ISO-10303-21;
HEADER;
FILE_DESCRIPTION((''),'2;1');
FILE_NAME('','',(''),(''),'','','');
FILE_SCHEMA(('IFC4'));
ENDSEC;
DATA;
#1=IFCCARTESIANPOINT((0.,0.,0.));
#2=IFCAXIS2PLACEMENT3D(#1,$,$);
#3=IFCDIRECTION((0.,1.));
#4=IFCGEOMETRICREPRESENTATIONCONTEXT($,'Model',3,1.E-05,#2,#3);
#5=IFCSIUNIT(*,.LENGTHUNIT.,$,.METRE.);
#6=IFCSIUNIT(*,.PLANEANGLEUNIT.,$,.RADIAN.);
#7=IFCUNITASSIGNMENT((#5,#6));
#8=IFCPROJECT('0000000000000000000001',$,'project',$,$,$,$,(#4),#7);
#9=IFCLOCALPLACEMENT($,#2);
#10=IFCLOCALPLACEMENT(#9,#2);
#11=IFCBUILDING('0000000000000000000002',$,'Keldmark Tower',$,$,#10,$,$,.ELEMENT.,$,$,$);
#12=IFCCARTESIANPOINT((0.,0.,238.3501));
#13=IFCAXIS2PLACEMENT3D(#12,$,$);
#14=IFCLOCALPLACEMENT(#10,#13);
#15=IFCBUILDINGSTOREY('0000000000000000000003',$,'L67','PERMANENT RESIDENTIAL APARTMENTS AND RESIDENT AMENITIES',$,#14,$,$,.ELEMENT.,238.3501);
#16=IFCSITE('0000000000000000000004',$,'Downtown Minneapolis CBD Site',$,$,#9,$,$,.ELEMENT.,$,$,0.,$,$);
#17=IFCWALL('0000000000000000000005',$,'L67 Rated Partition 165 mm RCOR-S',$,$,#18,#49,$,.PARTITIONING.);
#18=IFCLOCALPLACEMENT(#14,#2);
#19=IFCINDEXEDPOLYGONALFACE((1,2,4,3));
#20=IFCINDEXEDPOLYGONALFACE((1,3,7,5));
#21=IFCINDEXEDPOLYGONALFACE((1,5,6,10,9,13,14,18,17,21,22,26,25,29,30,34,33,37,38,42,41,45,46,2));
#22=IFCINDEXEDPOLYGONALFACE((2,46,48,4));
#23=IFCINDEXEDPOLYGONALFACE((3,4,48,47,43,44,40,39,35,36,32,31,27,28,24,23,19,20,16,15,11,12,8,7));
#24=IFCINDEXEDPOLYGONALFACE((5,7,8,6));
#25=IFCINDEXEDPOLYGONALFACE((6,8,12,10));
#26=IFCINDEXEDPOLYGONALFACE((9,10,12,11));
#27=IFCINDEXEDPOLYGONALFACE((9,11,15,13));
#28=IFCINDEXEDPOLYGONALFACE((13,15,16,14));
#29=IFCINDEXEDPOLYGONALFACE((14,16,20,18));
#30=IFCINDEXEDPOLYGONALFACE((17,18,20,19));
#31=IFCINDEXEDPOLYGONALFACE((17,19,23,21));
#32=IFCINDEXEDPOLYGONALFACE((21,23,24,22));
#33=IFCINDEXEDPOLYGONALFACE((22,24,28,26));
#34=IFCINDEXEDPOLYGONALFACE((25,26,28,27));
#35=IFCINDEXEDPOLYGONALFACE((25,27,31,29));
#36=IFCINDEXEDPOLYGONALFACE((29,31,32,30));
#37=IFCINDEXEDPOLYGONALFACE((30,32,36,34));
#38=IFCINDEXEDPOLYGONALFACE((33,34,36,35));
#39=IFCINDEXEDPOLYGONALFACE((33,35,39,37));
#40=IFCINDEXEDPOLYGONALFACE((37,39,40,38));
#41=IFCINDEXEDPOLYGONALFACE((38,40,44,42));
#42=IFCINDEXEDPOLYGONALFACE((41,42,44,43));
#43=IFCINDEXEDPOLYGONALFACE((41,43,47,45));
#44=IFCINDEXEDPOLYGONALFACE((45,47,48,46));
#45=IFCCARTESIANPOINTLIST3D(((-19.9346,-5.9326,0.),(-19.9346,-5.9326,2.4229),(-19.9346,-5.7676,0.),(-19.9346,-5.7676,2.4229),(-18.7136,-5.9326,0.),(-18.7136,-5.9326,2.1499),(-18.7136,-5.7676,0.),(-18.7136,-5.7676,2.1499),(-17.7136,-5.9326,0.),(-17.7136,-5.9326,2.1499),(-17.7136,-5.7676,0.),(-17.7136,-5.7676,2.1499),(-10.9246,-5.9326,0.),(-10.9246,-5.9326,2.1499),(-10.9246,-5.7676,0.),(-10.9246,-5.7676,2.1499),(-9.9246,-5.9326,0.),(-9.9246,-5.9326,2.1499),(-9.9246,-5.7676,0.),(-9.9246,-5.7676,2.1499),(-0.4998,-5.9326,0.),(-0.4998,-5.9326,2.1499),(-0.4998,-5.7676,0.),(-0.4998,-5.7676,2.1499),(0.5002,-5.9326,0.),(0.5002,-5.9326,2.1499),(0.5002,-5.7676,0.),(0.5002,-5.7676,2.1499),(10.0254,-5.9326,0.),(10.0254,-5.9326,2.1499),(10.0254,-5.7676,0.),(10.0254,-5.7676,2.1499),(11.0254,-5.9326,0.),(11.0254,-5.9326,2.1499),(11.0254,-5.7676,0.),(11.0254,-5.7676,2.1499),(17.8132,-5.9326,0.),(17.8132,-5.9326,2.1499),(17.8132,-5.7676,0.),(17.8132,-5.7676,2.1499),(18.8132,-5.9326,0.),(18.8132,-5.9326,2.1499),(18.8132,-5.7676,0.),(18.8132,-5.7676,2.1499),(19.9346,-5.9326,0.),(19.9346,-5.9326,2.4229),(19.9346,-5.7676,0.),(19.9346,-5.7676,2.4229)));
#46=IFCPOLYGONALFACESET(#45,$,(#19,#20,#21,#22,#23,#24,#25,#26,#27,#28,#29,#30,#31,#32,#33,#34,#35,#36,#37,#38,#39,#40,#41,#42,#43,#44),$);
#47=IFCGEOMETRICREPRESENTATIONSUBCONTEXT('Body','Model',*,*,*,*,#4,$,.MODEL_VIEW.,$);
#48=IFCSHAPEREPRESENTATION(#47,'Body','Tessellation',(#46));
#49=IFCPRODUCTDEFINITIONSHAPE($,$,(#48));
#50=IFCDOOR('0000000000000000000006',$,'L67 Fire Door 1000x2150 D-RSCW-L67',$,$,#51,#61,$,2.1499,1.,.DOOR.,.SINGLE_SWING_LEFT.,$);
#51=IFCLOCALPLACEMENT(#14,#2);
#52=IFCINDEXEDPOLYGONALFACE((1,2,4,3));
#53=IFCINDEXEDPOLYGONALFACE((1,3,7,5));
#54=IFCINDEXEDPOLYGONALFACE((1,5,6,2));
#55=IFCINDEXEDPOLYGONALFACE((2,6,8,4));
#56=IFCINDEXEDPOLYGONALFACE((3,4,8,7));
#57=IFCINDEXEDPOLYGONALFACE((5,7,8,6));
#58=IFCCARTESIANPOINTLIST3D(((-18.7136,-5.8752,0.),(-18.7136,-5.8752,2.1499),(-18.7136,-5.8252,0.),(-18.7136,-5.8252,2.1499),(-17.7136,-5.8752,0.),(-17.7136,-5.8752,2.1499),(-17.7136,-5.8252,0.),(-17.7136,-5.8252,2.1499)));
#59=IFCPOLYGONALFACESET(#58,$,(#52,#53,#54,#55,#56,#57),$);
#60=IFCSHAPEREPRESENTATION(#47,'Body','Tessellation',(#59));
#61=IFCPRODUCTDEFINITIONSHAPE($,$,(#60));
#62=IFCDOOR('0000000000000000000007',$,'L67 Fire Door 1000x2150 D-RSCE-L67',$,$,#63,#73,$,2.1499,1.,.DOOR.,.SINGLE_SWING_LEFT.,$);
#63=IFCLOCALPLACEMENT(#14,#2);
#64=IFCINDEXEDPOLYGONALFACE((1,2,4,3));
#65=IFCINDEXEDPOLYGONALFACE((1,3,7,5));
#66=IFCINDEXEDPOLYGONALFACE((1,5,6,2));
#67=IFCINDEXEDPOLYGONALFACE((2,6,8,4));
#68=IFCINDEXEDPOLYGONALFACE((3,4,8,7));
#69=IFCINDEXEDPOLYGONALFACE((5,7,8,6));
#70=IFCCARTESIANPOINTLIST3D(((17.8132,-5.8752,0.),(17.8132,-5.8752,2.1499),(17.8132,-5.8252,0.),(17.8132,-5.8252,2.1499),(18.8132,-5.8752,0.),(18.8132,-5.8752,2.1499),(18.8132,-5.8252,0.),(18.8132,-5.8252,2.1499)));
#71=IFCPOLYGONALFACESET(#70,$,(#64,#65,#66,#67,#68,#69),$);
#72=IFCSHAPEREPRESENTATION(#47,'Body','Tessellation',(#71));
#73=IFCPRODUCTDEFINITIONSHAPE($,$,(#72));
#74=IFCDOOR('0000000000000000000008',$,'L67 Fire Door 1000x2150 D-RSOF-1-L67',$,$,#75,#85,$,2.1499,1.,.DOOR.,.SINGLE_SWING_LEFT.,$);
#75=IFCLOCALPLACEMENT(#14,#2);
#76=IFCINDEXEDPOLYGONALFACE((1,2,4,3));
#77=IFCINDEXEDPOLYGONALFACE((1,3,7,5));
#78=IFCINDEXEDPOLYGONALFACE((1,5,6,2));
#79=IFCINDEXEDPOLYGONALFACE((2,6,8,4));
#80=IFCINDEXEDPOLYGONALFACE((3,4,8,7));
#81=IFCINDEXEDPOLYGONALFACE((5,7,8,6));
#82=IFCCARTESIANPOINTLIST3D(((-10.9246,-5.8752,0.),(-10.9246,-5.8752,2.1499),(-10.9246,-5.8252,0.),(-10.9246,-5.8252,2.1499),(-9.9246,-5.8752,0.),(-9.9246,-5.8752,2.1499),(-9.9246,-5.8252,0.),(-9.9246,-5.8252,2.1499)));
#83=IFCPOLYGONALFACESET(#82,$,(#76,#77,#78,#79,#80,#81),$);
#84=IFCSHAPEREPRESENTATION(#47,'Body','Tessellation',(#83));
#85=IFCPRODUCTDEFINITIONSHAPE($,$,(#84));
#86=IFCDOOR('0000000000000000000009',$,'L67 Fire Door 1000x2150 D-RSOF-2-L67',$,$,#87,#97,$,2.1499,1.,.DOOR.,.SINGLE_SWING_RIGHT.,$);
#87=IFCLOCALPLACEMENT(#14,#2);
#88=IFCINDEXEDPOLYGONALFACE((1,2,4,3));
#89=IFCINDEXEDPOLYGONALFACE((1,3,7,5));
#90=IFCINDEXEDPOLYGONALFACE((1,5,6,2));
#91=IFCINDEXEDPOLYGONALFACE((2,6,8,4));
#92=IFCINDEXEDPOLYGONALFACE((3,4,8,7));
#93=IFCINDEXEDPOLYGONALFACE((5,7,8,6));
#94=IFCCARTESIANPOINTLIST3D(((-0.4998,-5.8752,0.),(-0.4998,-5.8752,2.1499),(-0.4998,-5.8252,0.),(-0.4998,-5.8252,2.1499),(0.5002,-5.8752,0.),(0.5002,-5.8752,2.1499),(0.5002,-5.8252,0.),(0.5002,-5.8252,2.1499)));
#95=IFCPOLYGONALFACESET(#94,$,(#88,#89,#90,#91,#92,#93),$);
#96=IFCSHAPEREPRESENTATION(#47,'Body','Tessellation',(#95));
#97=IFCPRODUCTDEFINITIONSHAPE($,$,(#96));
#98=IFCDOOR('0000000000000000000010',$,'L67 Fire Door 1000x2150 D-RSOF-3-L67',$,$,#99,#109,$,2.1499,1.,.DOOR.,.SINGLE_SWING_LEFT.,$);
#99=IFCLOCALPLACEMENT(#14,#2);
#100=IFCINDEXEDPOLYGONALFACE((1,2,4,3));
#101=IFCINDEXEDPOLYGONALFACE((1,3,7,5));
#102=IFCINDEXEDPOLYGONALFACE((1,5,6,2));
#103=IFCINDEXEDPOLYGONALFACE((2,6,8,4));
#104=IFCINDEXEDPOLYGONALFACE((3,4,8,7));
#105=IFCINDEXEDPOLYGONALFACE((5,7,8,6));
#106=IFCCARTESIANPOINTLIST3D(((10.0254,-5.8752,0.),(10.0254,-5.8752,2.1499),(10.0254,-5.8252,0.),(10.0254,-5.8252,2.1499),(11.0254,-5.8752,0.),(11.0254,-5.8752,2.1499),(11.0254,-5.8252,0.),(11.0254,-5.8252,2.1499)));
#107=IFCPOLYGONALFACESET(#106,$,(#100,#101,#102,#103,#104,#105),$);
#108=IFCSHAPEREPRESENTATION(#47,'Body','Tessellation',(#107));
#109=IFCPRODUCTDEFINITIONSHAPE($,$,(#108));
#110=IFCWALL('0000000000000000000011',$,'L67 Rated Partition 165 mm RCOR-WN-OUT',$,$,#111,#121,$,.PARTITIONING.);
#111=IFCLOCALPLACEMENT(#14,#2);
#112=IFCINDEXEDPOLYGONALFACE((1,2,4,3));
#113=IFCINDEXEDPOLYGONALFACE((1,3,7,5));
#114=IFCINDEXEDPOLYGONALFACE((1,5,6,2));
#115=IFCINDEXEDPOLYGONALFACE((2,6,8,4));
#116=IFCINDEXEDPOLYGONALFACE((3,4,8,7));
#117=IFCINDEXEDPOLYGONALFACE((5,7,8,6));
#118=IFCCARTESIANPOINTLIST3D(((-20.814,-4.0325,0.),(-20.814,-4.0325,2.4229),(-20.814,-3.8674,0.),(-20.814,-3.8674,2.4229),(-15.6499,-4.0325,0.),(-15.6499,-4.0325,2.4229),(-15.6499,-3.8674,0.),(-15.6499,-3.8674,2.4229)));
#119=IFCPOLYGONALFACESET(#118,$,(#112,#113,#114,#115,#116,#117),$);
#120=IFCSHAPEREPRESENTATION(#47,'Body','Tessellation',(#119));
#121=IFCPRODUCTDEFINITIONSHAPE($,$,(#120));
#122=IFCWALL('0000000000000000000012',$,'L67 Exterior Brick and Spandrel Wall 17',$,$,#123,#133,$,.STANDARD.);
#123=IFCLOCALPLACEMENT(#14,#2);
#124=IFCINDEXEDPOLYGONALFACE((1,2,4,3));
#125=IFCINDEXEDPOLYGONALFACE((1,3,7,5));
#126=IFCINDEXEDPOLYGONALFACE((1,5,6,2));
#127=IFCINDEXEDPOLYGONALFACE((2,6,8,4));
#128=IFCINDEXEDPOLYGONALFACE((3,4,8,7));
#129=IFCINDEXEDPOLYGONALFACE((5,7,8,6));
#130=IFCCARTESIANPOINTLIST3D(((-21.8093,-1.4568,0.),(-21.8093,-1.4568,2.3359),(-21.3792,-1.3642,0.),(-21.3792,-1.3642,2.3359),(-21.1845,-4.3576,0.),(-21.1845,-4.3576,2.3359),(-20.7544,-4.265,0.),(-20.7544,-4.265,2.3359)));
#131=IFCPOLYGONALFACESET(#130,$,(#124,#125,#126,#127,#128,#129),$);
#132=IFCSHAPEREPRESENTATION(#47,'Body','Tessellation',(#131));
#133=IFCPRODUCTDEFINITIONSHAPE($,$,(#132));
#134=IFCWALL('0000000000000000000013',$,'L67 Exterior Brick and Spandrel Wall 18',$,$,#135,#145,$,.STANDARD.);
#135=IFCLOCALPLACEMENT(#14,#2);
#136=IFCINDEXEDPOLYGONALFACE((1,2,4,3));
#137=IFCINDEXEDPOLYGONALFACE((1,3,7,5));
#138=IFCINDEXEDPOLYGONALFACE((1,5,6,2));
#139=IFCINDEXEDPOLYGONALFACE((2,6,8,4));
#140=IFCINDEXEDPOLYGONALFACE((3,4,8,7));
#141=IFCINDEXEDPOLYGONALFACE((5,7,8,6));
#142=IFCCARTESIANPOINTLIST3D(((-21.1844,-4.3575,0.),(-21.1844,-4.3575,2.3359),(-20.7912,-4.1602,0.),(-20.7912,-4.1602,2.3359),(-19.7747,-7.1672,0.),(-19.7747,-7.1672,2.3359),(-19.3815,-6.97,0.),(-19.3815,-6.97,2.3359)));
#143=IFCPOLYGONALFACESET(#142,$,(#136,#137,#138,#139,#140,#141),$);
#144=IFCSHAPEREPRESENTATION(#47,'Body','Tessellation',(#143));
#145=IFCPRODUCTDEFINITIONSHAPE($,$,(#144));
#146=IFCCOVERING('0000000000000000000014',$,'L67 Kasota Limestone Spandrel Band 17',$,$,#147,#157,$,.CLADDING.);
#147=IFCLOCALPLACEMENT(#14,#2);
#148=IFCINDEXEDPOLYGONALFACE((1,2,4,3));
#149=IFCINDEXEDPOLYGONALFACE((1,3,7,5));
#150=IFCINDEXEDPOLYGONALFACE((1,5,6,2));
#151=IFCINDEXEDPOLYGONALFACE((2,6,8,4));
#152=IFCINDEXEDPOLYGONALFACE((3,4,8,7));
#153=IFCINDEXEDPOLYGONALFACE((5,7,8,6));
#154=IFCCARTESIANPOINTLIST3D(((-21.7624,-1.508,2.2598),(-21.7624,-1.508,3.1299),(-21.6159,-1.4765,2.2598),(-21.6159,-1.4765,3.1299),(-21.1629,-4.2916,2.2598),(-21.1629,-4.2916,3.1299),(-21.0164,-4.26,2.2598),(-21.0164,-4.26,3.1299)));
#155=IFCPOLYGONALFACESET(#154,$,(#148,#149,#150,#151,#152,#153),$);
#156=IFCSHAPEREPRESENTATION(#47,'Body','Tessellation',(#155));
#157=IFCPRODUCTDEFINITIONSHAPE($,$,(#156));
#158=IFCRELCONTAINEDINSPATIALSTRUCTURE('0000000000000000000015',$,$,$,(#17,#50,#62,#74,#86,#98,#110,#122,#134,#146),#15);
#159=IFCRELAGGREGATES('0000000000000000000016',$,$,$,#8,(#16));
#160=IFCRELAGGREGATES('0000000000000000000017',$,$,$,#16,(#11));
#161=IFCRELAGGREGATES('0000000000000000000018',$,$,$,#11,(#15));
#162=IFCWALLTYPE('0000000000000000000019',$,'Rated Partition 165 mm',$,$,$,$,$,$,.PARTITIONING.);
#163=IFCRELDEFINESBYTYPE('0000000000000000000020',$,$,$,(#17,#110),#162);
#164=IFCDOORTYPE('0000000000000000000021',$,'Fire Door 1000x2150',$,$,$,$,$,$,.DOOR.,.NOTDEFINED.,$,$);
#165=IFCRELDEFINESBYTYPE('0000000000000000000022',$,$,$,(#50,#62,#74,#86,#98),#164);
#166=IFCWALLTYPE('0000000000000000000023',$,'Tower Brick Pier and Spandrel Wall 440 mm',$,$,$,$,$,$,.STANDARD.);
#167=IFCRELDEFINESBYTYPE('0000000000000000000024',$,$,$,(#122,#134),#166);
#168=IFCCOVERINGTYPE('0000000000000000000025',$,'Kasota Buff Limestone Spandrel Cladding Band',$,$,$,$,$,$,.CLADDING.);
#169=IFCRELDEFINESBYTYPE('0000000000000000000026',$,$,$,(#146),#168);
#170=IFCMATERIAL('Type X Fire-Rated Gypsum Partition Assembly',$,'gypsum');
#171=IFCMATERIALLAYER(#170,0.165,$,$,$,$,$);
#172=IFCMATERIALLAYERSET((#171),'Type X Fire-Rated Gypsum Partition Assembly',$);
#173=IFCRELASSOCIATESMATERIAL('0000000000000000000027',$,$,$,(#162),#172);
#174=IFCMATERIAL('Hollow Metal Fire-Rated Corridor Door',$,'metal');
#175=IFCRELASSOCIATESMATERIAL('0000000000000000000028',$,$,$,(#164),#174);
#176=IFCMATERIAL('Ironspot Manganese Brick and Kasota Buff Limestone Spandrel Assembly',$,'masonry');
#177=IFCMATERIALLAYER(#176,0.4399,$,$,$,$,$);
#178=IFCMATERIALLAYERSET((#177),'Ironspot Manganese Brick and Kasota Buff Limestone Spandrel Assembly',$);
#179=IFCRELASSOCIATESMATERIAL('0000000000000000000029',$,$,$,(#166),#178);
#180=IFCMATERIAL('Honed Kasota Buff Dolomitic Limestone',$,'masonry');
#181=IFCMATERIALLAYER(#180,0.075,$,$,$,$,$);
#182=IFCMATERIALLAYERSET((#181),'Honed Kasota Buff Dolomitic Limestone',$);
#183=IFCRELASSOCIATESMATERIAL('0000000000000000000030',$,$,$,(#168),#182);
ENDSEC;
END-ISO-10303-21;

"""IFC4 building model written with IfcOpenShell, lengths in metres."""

from ifc_helpers import new_model, si_unit, direction, frame, frame_2d, origin, origin_2d, place, context, subcontext, project, spatial, rectangle, extrude, material, layer, layer_set, type_object, element, fill, save


model = new_model("IFC4")

# Units and contexts
model_context = context("Model", 3, precision=1e-05, world=origin(), true_north=direction((0.0, 1.0)))
body_context = subcontext(model_context, "Body", "Model", "MODEL_VIEW")
ifc_project = project(units=[si_unit("LENGTHUNIT", "METRE"), si_unit("PLANEANGLEUNIT", "RADIAN")], contexts=[model_context])

# Site, building, storey
site_placement = place(None, origin())
site = spatial("IfcSite", under=ifc_project, at=site_placement, Name="Downtown Minneapolis CBD Site", CompositionType="ELEMENT", RefElevation=0.0)
building_placement = place(site_placement, origin())
building = spatial("IfcBuilding", under=site, at=building_placement, Name="Keldmark Tower", CompositionType="ELEMENT")
storey_placement = place(building_placement, frame((0.0, 0.0, 238.3501)))
storey = spatial("IfcBuildingStorey", under=building, at=storey_placement, Name="L67", Description="PERMANENT RESIDENTIAL APARTMENTS AND RESIDENT AMENITIES", CompositionType="ELEMENT", Elevation=238.3501)

# Wall, openings, doors
ifc_material_1 = material(Name="Type X Fire-Rated Gypsum Partition Assembly", Category="gypsum")
ifc_layer_1 = layer(ifc_material_1, 0.165)
ifc_layer_set_1 = layer_set([ifc_layer_1], Name="Type X Fire-Rated Gypsum Partition Assembly")
wall_type_1 = type_object("IfcWallType", Name="Rated Partition 165 mm", PredefinedType="PARTITIONING", material=ifc_layer_set_1)
wall_1_placement = place(storey_placement, frame((-19.9346, -5.8501, 0.0), z_axis=(0.0, 0.0, 1.0), x_axis=(1.0, 0.0, 0.0)))
wall_1 = element("IfcWall", 1, at=wall_1_placement, inside=storey, type_object=wall_type_1, Name="L67 Rated Partition 165 mm RCOR-S", PredefinedType="PARTITIONING", context=body_context, shape_type="SweptSolid", body=[
    extrude(rectangle(XDim=39.8691, YDim=0.165, at=frame_2d((19.9346, 0.0))), origin(), (0.0, 0.0, 1.0), 2.4229),
])
opening_1_placement = place(wall_1_placement, frame((1.2209, 0.0, 0.0)))
opening_1 = element("IfcOpeningElement", 2, at=opening_1_placement, cuts=wall_1, PredefinedType="OPENING", context=body_context, shape_type="SweptSolid", body=[
    extrude(rectangle(XDim=1.0, YDim=2.1499, at=frame_2d((0.5, 1.075))), frame((0.0, 0.0925, 0.0), z_axis=(0.0, -1.0, 0.0), x_axis=(1.0, 0.0, 0.0)), (0.0, 0.0, 1.0), 0.1851),
])
opening_2_placement = place(wall_1_placement, frame((37.7478, 0.0, 0.0)))
opening_2 = element("IfcOpeningElement", 3, at=opening_2_placement, cuts=wall_1, PredefinedType="OPENING", context=body_context, shape_type="SweptSolid", body=[
    extrude(rectangle(XDim=1.0, YDim=2.1499, at=frame_2d((0.5, 1.075))), frame((0.0, 0.0925, 0.0), z_axis=(0.0, -1.0, 0.0), x_axis=(1.0, 0.0, 0.0)), (0.0, 0.0, 1.0), 0.1851),
])
opening_3_placement = place(wall_1_placement, frame((9.01, 0.0, 0.0)))
opening_3 = element("IfcOpeningElement", 4, at=opening_3_placement, cuts=wall_1, PredefinedType="OPENING", context=body_context, shape_type="SweptSolid", body=[
    extrude(rectangle(XDim=1.0, YDim=2.1499, at=frame_2d((0.5, 1.075))), frame((0.0, 0.0925, 0.0), z_axis=(0.0, -1.0, 0.0), x_axis=(1.0, 0.0, 0.0)), (0.0, 0.0, 1.0), 0.1851),
])
opening_4_placement = place(wall_1_placement, frame((19.4348, 0.0, 0.0)))
opening_4 = element("IfcOpeningElement", 5, at=opening_4_placement, cuts=wall_1, PredefinedType="OPENING", context=body_context, shape_type="SweptSolid", body=[
    extrude(rectangle(XDim=1.0, YDim=2.1499, at=frame_2d((0.5, 1.075))), frame((0.0, 0.0925, 0.0), z_axis=(0.0, -1.0, 0.0), x_axis=(1.0, 0.0, 0.0)), (0.0, 0.0, 1.0), 0.1851),
])
opening_5_placement = place(wall_1_placement, frame((29.96, 0.0, 0.0)))
opening_5 = element("IfcOpeningElement", 6, at=opening_5_placement, cuts=wall_1, PredefinedType="OPENING", context=body_context, shape_type="SweptSolid", body=[
    extrude(rectangle(XDim=1.0, YDim=2.1499, at=frame_2d((0.5, 1.075))), frame((0.0, 0.0925, 0.0), z_axis=(0.0, -1.0, 0.0), x_axis=(1.0, 0.0, 0.0)), (0.0, 0.0, 1.0), 0.1851),
])
ifc_material_2 = material(Name="Hollow Metal Fire-Rated Corridor Door", Category="metal")
door_type_1 = type_object("IfcDoorType", Name="Fire Door 1000x2150", OperationType="NOTDEFINED", PredefinedType="DOOR", material=ifc_material_2)
door_1_placement = place(opening_1_placement, origin())
door_1 = element("IfcDoor", 7, at=door_1_placement, inside=storey, type_object=door_type_1, Name="L67 Fire Door 1000x2150 D-RSCW-L67", OperationType="SINGLE_SWING_LEFT", OverallHeight=2.1499, OverallWidth=1.0, PredefinedType="DOOR", context=body_context, shape_type="SweptSolid", body=[
    extrude(rectangle(XDim=1.0, YDim=2.1499, at=frame_2d((0.5, 1.075))), frame((0.0, 0.0249, 0.0), z_axis=(0.0, -1.0, 0.0), x_axis=(1.0, 0.0, 0.0)), (0.0, 0.0, 1.0), 0.05),
])
fill(opening_1, door_1)
door_2_placement = place(opening_2_placement, origin())
door_2 = element("IfcDoor", 8, at=door_2_placement, inside=storey, type_object=door_type_1, Name="L67 Fire Door 1000x2150 D-RSCE-L67", OperationType="SINGLE_SWING_LEFT", OverallHeight=2.1499, OverallWidth=1.0, PredefinedType="DOOR", context=body_context, shape_type="SweptSolid", body=[
    extrude(rectangle(XDim=1.0, YDim=2.1499, at=frame_2d((0.5, 1.075))), frame((0.0, 0.0249, 0.0), z_axis=(0.0, -1.0, 0.0), x_axis=(1.0, 0.0, 0.0)), (0.0, 0.0, 1.0), 0.05),
])
fill(opening_2, door_2)
door_3_placement = place(opening_3_placement, origin())
door_3 = element("IfcDoor", 9, at=door_3_placement, inside=storey, type_object=door_type_1, Name="L67 Fire Door 1000x2150 D-RSOF-1-L67", OperationType="SINGLE_SWING_LEFT", OverallHeight=2.1499, OverallWidth=1.0, PredefinedType="DOOR", context=body_context, shape_type="SweptSolid", body=[
    extrude(rectangle(XDim=1.0, YDim=2.1499, at=frame_2d((0.5, 1.075))), frame((0.0, 0.0249, 0.0), z_axis=(0.0, -1.0, 0.0), x_axis=(1.0, 0.0, 0.0)), (0.0, 0.0, 1.0), 0.05),
])
fill(opening_3, door_3)
door_4_placement = place(opening_4_placement, origin())
door_4 = element("IfcDoor", 10, at=door_4_placement, inside=storey, type_object=door_type_1, Name="L67 Fire Door 1000x2150 D-RSOF-2-L67", OperationType="SINGLE_SWING_RIGHT", OverallHeight=2.1499, OverallWidth=1.0, PredefinedType="DOOR", context=body_context, shape_type="SweptSolid", body=[
    extrude(rectangle(XDim=1.0, YDim=2.1499, at=frame_2d((0.5, 1.075))), frame((0.0, 0.0249, 0.0), z_axis=(0.0, -1.0, 0.0), x_axis=(1.0, 0.0, 0.0)), (0.0, 0.0, 1.0), 0.05),
])
fill(opening_4, door_4)
door_5_placement = place(opening_5_placement, origin())
door_5 = element("IfcDoor", 11, at=door_5_placement, inside=storey, type_object=door_type_1, Name="L67 Fire Door 1000x2150 D-RSOF-3-L67", OperationType="SINGLE_SWING_LEFT", OverallHeight=2.1499, OverallWidth=1.0, PredefinedType="DOOR", context=body_context, shape_type="SweptSolid", body=[
    extrude(rectangle(XDim=1.0, YDim=2.1499, at=frame_2d((0.5, 1.075))), frame((0.0, 0.0249, 0.0), z_axis=(0.0, -1.0, 0.0), x_axis=(1.0, 0.0, 0.0)), (0.0, 0.0, 1.0), 0.05),
])
fill(opening_5, door_5)

# Wall
wall_2_placement = place(storey_placement, frame((-20.814, -3.95, 0.0), z_axis=(0.0, 0.0, 1.0), x_axis=(1.0, 0.0, 0.0)))
element("IfcWall", 12, at=wall_2_placement, inside=storey, type_object=wall_type_1, Name="L67 Rated Partition 165 mm RCOR-WN-OUT", PredefinedType="PARTITIONING", context=body_context, shape_type="SweptSolid", body=[
    extrude(rectangle(XDim=5.1641, YDim=0.165, at=frame_2d((2.582, 0.0))), origin(), (0.0, 0.0, 1.0), 2.4229),
])

# Walls
ifc_material_3 = material(Name="Ironspot Manganese Brick and Kasota Buff Limestone Spandrel Assembly", Category="masonry")
ifc_layer_2 = layer(ifc_material_3, 0.4399)
ifc_layer_set_2 = layer_set([ifc_layer_2], Name="Ironspot Manganese Brick and Kasota Buff Limestone Spandrel Assembly")
wall_type_2 = type_object("IfcWallType", Name="Tower Brick Pier and Spandrel Wall 440 mm", PredefinedType="STANDARD", material=ifc_layer_set_2)
wall_3_placement = place(storey_placement, frame((-20.9695, -4.3113, 0.0), z_axis=(0.0, 0.0, 1.0), x_axis=(-0.21054, 0.977585, 0.0)))
element("IfcWall", 13, at=wall_3_placement, inside=storey, type_object=wall_type_2, Name="L67 Exterior Brick and Spandrel Wall 17", PredefinedType="STANDARD", context=body_context, shape_type="SweptSolid", body=[
    extrude(rectangle(XDim=2.9673, YDim=0.4399, at=frame_2d((1.4836, 0.0))), origin(), (0.0, 0.0, 1.0), 2.3359),
])
wall_4_placement = place(storey_placement, frame((-19.5781, -7.0686, 0.0), z_axis=(0.0, 0.0, 1.0), x_axis=(-0.448425, 0.893821, 0.0)))
element("IfcWall", 14, at=wall_4_placement, inside=storey, type_object=wall_type_2, Name="L67 Exterior Brick and Spandrel Wall 18", PredefinedType="STANDARD", context=body_context, shape_type="SweptSolid", body=[
    extrude(rectangle(XDim=3.1436, YDim=0.4399, at=frame_2d((1.5718, 0.0))), origin(), (0.0, 0.0, 1.0), 2.3359),
])

# Covering
ifc_material_4 = material(Name="Honed Kasota Buff Dolomitic Limestone", Category="masonry")
ifc_layer_3 = layer(ifc_material_4, 0.075)
ifc_layer_set_3 = layer_set([ifc_layer_3], Name="Honed Kasota Buff Dolomitic Limestone")
covering_type = type_object("IfcCoveringType", Name="Kasota Buff Limestone Spandrel Cladding Band", PredefinedType="CLADDING", material=ifc_layer_set_3)
covering_placement = place(storey_placement, frame((-21.3894, -2.884, 2.2598), z_axis=(0.0, 0.0, 1.0), x_axis=(0.21054, -0.977585, 0.0)))
element("IfcCovering", 15, at=covering_placement, inside=storey, type_object=covering_type, Name="L67 Kasota Limestone Spandrel Band 17", PredefinedType="CLADDING", context=body_context, shape_type="SweptSolid", body=[
    extrude(rectangle(XDim=2.8474, YDim=0.1499, at=origin_2d()), origin(), (0.0, 0.0, 1.0), 0.8701),
])

save(model, "model.ifc")
